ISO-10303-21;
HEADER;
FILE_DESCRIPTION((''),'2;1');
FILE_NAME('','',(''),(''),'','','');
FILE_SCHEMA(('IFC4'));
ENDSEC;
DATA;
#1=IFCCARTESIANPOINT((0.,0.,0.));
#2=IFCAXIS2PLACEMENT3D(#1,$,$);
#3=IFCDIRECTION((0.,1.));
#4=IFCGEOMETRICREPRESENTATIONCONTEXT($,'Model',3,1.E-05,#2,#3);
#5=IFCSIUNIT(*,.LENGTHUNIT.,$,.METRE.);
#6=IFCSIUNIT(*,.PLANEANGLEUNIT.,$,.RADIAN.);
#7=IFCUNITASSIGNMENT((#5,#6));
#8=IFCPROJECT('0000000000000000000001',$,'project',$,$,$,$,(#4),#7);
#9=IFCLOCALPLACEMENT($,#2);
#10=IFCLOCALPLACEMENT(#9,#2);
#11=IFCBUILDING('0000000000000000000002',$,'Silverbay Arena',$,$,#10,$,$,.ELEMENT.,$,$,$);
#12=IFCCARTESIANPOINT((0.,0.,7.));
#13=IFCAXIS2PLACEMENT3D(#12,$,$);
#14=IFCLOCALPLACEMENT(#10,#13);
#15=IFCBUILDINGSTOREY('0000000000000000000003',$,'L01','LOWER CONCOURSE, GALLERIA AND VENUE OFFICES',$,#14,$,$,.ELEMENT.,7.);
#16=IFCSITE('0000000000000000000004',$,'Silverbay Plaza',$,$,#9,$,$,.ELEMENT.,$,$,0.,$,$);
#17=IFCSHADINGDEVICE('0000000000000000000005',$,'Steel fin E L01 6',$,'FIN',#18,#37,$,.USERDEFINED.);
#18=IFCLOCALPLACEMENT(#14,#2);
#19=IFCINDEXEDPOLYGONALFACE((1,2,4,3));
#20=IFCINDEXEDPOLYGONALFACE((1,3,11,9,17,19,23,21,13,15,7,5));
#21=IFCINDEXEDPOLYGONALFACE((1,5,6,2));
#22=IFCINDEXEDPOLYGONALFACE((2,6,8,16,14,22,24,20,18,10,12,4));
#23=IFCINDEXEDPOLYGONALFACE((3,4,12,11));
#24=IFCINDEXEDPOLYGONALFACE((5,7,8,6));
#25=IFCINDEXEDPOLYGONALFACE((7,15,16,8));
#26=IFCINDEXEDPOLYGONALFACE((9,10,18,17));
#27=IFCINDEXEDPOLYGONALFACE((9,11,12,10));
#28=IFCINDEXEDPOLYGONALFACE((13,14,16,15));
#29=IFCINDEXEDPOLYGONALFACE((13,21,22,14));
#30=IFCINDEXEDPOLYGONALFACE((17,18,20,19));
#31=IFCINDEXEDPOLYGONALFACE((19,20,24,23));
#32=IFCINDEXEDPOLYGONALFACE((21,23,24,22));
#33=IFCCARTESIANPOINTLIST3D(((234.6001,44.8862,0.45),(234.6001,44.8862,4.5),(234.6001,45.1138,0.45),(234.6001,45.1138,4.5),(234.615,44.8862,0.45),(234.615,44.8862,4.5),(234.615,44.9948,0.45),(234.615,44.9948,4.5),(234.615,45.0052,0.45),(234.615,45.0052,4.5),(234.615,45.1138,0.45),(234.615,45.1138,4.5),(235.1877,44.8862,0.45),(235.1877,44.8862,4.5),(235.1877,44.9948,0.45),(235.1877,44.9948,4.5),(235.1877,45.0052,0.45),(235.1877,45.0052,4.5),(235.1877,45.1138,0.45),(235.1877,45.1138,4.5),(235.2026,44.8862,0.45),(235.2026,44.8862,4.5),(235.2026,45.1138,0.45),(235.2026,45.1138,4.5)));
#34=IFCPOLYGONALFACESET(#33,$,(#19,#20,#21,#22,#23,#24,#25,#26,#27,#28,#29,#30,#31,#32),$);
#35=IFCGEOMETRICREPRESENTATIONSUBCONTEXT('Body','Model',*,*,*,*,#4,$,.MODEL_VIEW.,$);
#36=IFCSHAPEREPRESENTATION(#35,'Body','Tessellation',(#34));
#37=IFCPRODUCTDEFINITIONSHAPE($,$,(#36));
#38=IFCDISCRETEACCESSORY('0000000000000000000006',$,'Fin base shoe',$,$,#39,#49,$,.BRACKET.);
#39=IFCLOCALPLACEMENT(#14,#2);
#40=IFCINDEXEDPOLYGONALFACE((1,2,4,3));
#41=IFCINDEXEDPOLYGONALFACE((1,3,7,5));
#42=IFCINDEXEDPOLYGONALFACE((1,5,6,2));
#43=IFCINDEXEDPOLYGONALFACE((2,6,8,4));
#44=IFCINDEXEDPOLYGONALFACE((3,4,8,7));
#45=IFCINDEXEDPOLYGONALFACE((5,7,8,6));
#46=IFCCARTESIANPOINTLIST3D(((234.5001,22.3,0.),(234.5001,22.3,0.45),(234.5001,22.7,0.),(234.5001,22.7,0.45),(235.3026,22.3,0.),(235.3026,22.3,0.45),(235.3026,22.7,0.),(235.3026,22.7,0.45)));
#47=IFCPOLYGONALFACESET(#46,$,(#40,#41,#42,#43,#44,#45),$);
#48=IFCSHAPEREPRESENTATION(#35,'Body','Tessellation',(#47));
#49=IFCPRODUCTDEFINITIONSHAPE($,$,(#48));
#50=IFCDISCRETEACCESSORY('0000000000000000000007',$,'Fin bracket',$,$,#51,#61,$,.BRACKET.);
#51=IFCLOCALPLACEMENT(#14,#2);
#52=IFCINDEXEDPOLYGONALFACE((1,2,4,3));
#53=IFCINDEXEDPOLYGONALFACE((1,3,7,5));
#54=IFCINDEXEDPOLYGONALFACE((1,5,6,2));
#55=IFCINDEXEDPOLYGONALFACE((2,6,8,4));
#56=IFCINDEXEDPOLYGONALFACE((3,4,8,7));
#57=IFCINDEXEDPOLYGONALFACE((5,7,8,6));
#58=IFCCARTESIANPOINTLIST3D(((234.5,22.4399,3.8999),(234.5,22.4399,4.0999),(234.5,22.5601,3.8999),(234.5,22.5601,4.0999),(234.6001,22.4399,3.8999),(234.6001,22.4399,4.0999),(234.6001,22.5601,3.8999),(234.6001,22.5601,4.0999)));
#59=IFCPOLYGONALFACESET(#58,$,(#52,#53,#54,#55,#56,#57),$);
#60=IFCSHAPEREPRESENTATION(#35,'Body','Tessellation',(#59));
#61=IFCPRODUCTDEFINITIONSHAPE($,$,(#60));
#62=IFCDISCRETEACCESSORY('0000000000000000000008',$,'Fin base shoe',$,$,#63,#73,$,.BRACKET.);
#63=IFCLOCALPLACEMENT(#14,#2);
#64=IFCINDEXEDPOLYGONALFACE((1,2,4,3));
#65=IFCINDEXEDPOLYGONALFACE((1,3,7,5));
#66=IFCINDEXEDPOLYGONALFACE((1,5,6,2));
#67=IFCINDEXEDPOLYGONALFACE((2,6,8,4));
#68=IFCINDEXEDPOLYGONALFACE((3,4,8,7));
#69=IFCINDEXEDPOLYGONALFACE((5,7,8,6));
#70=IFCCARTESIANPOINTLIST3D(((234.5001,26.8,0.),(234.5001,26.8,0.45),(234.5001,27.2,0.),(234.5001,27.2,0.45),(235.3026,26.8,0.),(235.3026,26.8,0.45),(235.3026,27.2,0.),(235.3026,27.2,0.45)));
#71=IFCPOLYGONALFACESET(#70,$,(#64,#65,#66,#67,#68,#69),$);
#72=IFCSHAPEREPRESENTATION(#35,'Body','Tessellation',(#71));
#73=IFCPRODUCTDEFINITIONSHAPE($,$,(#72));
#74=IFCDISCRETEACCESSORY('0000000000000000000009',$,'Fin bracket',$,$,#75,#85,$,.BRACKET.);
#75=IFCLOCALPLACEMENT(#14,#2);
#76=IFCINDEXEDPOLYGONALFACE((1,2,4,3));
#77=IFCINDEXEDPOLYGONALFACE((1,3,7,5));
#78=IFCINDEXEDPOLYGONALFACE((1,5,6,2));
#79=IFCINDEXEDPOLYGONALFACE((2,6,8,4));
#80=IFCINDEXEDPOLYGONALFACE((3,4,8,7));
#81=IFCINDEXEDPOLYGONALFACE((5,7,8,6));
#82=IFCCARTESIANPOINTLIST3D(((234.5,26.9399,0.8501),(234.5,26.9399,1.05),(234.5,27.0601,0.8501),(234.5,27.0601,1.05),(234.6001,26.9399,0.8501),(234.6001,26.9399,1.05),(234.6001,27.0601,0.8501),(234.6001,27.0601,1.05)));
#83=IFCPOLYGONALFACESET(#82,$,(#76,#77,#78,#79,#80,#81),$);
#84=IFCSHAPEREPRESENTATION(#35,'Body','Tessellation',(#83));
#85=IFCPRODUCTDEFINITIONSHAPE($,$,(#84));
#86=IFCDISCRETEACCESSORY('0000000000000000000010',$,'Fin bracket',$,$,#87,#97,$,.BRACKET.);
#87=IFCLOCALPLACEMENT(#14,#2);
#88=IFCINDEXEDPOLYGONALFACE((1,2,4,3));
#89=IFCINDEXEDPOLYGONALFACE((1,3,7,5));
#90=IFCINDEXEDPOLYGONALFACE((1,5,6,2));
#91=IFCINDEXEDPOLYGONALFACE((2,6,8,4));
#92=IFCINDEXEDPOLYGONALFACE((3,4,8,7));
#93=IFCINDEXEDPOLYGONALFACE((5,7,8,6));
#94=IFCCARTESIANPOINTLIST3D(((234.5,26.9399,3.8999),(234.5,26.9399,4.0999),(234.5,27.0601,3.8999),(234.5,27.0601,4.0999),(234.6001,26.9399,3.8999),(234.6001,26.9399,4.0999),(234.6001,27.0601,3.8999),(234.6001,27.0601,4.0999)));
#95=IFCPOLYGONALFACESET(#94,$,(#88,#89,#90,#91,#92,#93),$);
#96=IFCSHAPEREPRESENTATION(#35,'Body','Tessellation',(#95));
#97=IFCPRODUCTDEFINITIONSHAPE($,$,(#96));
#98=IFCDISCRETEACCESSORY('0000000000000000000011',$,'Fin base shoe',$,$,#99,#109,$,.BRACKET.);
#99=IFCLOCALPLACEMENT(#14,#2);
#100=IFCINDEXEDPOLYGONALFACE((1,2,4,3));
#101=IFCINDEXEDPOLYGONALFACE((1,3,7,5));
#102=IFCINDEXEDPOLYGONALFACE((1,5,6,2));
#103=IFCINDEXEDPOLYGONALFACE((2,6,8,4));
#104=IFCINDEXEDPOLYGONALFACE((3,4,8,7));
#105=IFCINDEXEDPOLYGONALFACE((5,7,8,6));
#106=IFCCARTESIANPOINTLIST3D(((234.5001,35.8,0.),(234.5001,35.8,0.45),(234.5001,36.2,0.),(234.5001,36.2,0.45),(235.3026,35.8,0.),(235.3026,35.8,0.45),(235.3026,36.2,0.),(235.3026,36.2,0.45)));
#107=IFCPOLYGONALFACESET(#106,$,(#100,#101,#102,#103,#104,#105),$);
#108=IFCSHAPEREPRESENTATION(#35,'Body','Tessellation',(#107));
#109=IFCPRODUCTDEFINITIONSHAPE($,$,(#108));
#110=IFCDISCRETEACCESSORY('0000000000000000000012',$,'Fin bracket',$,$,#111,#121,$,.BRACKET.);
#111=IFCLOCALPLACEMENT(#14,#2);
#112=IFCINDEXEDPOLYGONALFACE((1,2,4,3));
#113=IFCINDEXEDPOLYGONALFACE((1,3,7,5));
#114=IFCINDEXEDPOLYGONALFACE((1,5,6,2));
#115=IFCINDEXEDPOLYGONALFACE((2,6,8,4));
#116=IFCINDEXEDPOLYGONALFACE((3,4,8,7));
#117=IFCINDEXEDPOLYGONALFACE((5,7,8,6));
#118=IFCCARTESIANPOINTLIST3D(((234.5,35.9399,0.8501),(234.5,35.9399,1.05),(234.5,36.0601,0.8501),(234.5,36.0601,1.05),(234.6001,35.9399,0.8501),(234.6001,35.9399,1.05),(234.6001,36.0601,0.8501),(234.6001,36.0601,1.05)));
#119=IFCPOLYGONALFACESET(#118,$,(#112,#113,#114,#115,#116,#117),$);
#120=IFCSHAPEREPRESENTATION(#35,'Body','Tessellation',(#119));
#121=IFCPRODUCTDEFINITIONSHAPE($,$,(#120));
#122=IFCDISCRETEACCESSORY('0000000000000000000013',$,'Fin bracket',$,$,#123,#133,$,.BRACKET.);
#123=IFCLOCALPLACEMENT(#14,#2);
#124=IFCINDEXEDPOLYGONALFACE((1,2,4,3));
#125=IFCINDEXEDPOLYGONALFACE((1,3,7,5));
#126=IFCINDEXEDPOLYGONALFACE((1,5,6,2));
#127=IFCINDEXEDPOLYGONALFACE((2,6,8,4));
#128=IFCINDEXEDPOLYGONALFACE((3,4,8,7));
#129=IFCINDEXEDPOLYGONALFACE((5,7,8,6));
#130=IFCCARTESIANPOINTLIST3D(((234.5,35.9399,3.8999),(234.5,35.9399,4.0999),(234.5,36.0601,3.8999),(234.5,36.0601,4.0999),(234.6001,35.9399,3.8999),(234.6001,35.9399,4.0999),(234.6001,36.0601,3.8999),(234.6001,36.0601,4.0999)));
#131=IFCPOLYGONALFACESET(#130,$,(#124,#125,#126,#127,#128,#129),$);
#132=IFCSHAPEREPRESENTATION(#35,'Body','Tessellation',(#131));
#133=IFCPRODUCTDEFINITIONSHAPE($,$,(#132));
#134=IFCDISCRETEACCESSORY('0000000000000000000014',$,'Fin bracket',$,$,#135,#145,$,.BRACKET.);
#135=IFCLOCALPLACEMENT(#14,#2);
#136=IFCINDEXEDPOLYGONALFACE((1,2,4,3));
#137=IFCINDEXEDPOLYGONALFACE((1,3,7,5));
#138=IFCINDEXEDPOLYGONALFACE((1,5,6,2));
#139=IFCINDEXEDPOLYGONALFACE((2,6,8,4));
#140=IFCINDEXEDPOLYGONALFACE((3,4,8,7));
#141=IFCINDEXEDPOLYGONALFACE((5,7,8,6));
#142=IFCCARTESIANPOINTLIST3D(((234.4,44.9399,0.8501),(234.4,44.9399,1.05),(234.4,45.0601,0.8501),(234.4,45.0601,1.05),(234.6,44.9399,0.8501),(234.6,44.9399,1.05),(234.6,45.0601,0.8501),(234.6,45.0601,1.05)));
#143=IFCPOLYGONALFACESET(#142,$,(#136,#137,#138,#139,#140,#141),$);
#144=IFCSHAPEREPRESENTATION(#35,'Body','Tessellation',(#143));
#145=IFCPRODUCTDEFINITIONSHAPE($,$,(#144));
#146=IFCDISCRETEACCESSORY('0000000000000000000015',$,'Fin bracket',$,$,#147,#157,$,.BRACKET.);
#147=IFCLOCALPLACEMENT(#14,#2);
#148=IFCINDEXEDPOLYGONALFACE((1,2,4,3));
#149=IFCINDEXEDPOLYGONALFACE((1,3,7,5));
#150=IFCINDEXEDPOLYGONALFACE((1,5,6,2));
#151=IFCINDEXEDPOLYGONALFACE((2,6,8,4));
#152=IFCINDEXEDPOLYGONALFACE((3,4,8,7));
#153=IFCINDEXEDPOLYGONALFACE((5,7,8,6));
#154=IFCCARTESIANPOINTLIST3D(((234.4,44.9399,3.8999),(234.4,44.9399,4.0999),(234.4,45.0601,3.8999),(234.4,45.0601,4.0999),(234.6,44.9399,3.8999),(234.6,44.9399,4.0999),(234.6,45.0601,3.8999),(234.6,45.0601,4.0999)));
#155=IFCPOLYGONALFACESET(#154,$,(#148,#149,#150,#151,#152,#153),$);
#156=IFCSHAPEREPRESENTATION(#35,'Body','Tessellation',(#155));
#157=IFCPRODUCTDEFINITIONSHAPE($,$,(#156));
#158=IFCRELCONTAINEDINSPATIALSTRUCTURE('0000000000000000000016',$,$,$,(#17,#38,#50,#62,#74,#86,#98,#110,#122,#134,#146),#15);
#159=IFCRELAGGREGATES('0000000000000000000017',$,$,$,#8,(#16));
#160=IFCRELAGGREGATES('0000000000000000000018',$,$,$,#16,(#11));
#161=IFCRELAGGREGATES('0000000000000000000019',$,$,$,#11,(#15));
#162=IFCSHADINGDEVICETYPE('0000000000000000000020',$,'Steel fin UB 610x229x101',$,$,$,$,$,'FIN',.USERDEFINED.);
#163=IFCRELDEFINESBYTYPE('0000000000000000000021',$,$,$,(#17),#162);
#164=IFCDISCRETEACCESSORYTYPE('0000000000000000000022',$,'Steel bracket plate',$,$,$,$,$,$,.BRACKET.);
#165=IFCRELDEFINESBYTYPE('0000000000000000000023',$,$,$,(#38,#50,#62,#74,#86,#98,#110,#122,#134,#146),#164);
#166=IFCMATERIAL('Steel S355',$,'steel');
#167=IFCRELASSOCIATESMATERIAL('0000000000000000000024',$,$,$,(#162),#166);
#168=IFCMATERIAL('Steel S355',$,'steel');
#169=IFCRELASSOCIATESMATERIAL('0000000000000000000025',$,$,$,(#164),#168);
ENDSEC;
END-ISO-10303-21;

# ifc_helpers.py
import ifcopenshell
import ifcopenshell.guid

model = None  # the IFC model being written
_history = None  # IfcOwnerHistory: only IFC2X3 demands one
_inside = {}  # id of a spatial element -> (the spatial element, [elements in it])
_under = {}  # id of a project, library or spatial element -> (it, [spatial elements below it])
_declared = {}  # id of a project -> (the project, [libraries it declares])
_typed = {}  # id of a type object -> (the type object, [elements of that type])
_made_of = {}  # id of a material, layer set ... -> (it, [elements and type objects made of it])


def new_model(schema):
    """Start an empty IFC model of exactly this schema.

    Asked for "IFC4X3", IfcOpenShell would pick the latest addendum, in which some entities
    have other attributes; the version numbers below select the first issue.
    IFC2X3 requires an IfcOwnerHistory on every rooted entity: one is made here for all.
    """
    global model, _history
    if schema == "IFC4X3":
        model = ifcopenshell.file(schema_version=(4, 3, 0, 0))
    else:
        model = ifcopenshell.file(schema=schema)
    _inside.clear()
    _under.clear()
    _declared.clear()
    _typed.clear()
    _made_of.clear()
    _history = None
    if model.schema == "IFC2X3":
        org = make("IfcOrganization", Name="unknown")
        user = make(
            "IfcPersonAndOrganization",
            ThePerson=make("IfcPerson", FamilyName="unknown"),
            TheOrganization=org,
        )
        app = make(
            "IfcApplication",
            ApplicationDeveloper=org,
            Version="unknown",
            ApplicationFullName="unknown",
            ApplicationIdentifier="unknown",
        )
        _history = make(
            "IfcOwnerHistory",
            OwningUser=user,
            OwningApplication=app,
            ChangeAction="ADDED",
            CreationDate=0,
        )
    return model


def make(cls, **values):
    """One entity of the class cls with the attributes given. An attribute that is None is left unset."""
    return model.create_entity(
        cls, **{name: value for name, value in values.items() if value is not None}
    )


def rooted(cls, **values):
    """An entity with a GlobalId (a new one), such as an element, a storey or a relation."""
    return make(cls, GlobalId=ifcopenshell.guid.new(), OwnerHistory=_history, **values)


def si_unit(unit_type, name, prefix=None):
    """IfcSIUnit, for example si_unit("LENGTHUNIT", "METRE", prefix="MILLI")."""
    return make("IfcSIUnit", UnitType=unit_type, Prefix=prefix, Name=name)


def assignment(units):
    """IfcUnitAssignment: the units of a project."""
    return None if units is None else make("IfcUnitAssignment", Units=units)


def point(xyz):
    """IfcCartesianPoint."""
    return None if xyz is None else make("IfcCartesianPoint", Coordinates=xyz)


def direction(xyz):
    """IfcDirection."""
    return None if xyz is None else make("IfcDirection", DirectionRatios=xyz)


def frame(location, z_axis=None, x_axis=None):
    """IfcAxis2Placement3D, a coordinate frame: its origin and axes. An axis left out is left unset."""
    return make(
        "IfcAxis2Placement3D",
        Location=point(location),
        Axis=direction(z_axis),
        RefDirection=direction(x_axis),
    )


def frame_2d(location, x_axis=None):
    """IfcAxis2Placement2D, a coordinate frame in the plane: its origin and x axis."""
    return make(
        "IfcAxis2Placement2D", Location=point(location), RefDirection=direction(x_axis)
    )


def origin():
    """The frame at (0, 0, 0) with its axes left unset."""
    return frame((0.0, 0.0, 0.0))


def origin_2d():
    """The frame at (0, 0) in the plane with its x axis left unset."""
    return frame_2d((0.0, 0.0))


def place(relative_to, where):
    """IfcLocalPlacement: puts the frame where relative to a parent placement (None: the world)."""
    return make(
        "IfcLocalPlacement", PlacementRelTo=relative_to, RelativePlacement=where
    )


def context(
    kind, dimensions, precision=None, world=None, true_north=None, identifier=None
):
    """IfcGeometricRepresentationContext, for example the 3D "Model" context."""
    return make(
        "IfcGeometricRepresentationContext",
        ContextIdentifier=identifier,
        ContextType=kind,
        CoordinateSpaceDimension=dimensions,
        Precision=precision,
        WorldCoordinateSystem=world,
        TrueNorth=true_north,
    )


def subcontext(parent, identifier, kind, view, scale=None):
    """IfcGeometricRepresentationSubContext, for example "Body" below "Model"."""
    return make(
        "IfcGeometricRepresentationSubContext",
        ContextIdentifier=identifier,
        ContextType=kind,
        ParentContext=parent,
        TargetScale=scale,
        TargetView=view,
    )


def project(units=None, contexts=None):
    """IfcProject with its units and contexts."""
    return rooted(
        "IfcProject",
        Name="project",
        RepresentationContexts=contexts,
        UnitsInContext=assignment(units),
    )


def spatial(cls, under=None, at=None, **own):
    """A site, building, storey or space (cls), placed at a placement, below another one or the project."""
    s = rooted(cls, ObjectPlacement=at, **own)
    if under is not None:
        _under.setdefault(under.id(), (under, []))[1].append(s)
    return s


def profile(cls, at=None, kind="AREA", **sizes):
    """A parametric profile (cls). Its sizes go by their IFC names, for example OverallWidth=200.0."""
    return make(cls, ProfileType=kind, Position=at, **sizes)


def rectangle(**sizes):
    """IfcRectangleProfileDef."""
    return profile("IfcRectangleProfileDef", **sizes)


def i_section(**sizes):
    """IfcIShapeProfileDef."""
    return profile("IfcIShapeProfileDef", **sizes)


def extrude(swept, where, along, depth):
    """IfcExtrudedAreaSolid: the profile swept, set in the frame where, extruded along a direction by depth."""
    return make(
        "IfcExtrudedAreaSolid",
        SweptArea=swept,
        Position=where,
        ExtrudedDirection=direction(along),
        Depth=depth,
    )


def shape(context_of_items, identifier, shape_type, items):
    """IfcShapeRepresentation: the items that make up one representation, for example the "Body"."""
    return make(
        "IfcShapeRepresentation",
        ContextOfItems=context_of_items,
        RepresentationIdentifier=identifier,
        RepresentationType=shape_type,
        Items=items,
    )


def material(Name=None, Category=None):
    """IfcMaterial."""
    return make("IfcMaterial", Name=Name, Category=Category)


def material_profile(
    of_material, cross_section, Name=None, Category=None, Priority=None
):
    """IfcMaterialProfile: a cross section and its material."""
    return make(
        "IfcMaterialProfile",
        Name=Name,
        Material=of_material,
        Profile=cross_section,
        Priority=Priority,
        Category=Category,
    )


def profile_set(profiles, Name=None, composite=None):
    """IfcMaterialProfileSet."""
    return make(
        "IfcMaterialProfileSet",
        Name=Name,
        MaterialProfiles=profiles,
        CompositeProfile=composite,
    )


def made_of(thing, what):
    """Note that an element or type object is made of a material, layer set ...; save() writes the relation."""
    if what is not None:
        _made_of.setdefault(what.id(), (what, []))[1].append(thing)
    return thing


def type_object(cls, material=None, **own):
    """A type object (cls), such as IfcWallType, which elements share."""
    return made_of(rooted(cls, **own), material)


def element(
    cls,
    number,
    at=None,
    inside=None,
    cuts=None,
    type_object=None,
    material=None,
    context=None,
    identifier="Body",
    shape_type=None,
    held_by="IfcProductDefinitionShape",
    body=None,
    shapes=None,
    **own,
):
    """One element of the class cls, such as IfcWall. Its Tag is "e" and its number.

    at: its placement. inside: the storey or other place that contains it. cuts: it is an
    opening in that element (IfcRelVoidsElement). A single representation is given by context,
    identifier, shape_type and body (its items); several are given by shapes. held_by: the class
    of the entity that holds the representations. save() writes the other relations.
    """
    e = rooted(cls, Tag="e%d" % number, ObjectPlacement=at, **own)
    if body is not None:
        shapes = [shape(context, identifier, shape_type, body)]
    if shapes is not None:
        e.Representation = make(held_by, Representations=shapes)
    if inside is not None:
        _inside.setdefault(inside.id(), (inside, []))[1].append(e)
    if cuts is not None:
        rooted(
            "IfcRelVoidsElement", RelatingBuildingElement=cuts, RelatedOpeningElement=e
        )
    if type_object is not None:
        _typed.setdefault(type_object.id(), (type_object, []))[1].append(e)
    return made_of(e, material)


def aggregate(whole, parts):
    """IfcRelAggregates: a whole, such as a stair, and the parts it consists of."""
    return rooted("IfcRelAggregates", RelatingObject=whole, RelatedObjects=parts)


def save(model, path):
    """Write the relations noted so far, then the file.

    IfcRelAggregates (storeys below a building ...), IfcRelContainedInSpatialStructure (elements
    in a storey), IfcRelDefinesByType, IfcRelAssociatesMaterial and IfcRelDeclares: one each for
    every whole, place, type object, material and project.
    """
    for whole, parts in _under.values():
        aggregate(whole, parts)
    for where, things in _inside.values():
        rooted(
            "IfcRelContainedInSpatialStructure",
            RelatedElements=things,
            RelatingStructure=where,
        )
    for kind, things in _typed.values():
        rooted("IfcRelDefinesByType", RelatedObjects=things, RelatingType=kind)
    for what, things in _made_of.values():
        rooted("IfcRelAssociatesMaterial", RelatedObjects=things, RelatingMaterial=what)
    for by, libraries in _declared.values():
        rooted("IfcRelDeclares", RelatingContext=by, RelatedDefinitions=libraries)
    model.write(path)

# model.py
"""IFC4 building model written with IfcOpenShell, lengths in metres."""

from ifc_helpers import new_model, si_unit, direction, frame, origin, origin_2d, place, context, subcontext, project, spatial, rectangle, i_section, extrude, material, material_profile, profile_set, type_object, element, save


model = new_model("IFC4")

# Units and contexts
model_context = context("Model", 3, precision=1e-05, world=origin(), true_north=direction((0.0, 1.0)))
body_context = subcontext(model_context, "Body", "Model", "MODEL_VIEW")
ifc_project = project(units=[si_unit("LENGTHUNIT", "METRE"), si_unit("PLANEANGLEUNIT", "RADIAN")], contexts=[model_context])

# Site, building, storey
site_placement = place(None, origin())
site = spatial("IfcSite", under=ifc_project, at=site_placement, Name="Silverbay Plaza", CompositionType="ELEMENT", RefElevation=0.0)
building_placement = place(site_placement, origin())
building = spatial("IfcBuilding", under=site, at=building_placement, Name="Silverbay Arena", CompositionType="ELEMENT")
storey_placement = place(building_placement, frame((0.0, 0.0, 7.0)))
storey = spatial("IfcBuildingStorey", under=building, at=storey_placement, Name="L01", Description="LOWER CONCOURSE, GALLERIA AND VENUE OFFICES", CompositionType="ELEMENT", Elevation=7.0)

# Shading device
ifc_material_1 = material(Name="Steel S355", Category="steel")
ifc_material_profile_1 = material_profile(ifc_material_1, i_section(OverallWidth=0.2275, OverallDepth=0.6025, WebThickness=0.0105, FlangeThickness=0.0149, at=origin_2d()), Name="UB 610x229x101")
ifc_profile_set_1 = profile_set([ifc_material_profile_1], Name="Steel S355")
shading_device_type = type_object("IfcShadingDeviceType", Name="Steel fin UB 610x229x101", ElementType="FIN", PredefinedType="USERDEFINED", material=ifc_profile_set_1)
for number, where, z_axis, x_axis, name in (
    (1, (234.9014, 45.0, 0.45), (0.0, 0.0, 1.0), (0.0, 1.0, 0.0), "Steel fin E L01 6"),
):
    element("IfcShadingDevice", number, at=place(storey_placement, frame(where, z_axis=z_axis, x_axis=x_axis)), inside=storey, type_object=shading_device_type, Name=name, ObjectType="FIN", PredefinedType="USERDEFINED", context=body_context, shape_type="SweptSolid", body=[
        extrude(i_section(OverallWidth=0.2275, OverallDepth=0.6025, WebThickness=0.0105, FlangeThickness=0.0149, at=origin_2d()), origin(), (0.0, 0.0, 1.0), 4.05),
    ])

# Discrete accessories
ifc_material_2 = material(Name="Steel S355", Category="steel")
discrete_accessory_type = type_object("IfcDiscreteAccessoryType", Name="Steel bracket plate", PredefinedType="BRACKET", material=ifc_material_2)
discrete_accessory_1_placement = place(storey_placement, frame((234.9014, 22.5, 0.0), z_axis=(0.0, 0.0, 1.0), x_axis=(1.0, 0.0, 0.0)))
element("IfcDiscreteAccessory", 2, at=discrete_accessory_1_placement, inside=storey, type_object=discrete_accessory_type, Name="Fin base shoe", PredefinedType="BRACKET", context=body_context, shape_type="SweptSolid", body=[
    extrude(rectangle(XDim=0.8025, YDim=0.3999, at=origin_2d()), origin(), (0.0, 0.0, 1.0), 0.45),
])
discrete_accessory_2_placement = place(storey_placement, frame((234.55, 22.5, 3.8999), z_axis=(0.0, 0.0, 1.0), x_axis=(1.0, 0.0, 0.0)))
element("IfcDiscreteAccessory", 3, at=discrete_accessory_2_placement, inside=storey, type_object=discrete_accessory_type, Name="Fin bracket", PredefinedType="BRACKET", context=body_context, shape_type="SweptSolid", body=[
    extrude(rectangle(XDim=0.1001, YDim=0.1201, at=origin_2d()), origin(), (0.0, 0.0, 1.0), 0.2),
])
discrete_accessory_3_placement = place(storey_placement, frame((234.9014, 27.0, 0.0), z_axis=(0.0, 0.0, 1.0), x_axis=(1.0, 0.0, 0.0)))
element("IfcDiscreteAccessory", 4, at=discrete_accessory_3_placement, inside=storey, type_object=discrete_accessory_type, Name="Fin base shoe", PredefinedType="BRACKET", context=body_context, shape_type="SweptSolid", body=[
    extrude(rectangle(XDim=0.8025, YDim=0.3999, at=origin_2d()), origin(), (0.0, 0.0, 1.0), 0.45),
])
for number, where, z_axis, x_axis, name in (
    (5, (234.55, 27.0, 0.8501), (0.0, 0.0, 1.0), (1.0, 0.0, 0.0), "Fin bracket"),
    (6, (234.55, 27.0, 3.8999), (0.0, 0.0, 1.0), (1.0, 0.0, 0.0), "Fin bracket"),
):
    element("IfcDiscreteAccessory", number, at=place(storey_placement, frame(where, z_axis=z_axis, x_axis=x_axis)), inside=storey, type_object=discrete_accessory_type, Name=name, PredefinedType="BRACKET", context=body_context, shape_type="SweptSolid", body=[
        extrude(rectangle(XDim=0.1001, YDim=0.1201, at=origin_2d()), origin(), (0.0, 0.0, 1.0), 0.2),
    ])
discrete_accessory_4_placement = place(storey_placement, frame((234.9014, 36.0, 0.0), z_axis=(0.0, 0.0, 1.0), x_axis=(1.0, 0.0, 0.0)))
element("IfcDiscreteAccessory", 7, at=discrete_accessory_4_placement, inside=storey, type_object=discrete_accessory_type, Name="Fin base shoe", PredefinedType="BRACKET", context=body_context, shape_type="SweptSolid", body=[
    extrude(rectangle(XDim=0.8025, YDim=0.3999, at=origin_2d()), origin(), (0.0, 0.0, 1.0), 0.45),
])
for number, where, z_axis, x_axis, name in (
    (8, (234.55, 36.0, 0.8501), (0.0, 0.0, 1.0), (1.0, 0.0, 0.0), "Fin bracket"),
    (9, (234.55, 36.0, 3.8999), (0.0, 0.0, 1.0), (1.0, 0.0, 0.0), "Fin bracket"),
):
    element("IfcDiscreteAccessory", number, at=place(storey_placement, frame(where, z_axis=z_axis, x_axis=x_axis)), inside=storey, type_object=discrete_accessory_type, Name=name, PredefinedType="BRACKET", context=body_context, shape_type="SweptSolid", body=[
        extrude(rectangle(XDim=0.1001, YDim=0.1201, at=origin_2d()), origin(), (0.0, 0.0, 1.0), 0.2),
    ])
for number, where, z_axis, x_axis, name in (
    (10, (234.5, 45.0, 0.8501), (0.0, 0.0, 1.0), (1.0, 0.0, 0.0), "Fin bracket"),
    (11, (234.5, 45.0, 3.8999), (0.0, 0.0, 1.0), (1.0, 0.0, 0.0), "Fin bracket"),
):
    element("IfcDiscreteAccessory", number, at=place(storey_placement, frame(where, z_axis=z_axis, x_axis=x_axis)), inside=storey, type_object=discrete_accessory_type, Name=name, PredefinedType="BRACKET", context=body_context, shape_type="SweptSolid", body=[
        extrude(rectangle(XDim=0.2, YDim=0.1201, at=origin_2d()), origin(), (0.0, 0.0, 1.0), 0.2),
    ])

save(model, "model.ifc")
